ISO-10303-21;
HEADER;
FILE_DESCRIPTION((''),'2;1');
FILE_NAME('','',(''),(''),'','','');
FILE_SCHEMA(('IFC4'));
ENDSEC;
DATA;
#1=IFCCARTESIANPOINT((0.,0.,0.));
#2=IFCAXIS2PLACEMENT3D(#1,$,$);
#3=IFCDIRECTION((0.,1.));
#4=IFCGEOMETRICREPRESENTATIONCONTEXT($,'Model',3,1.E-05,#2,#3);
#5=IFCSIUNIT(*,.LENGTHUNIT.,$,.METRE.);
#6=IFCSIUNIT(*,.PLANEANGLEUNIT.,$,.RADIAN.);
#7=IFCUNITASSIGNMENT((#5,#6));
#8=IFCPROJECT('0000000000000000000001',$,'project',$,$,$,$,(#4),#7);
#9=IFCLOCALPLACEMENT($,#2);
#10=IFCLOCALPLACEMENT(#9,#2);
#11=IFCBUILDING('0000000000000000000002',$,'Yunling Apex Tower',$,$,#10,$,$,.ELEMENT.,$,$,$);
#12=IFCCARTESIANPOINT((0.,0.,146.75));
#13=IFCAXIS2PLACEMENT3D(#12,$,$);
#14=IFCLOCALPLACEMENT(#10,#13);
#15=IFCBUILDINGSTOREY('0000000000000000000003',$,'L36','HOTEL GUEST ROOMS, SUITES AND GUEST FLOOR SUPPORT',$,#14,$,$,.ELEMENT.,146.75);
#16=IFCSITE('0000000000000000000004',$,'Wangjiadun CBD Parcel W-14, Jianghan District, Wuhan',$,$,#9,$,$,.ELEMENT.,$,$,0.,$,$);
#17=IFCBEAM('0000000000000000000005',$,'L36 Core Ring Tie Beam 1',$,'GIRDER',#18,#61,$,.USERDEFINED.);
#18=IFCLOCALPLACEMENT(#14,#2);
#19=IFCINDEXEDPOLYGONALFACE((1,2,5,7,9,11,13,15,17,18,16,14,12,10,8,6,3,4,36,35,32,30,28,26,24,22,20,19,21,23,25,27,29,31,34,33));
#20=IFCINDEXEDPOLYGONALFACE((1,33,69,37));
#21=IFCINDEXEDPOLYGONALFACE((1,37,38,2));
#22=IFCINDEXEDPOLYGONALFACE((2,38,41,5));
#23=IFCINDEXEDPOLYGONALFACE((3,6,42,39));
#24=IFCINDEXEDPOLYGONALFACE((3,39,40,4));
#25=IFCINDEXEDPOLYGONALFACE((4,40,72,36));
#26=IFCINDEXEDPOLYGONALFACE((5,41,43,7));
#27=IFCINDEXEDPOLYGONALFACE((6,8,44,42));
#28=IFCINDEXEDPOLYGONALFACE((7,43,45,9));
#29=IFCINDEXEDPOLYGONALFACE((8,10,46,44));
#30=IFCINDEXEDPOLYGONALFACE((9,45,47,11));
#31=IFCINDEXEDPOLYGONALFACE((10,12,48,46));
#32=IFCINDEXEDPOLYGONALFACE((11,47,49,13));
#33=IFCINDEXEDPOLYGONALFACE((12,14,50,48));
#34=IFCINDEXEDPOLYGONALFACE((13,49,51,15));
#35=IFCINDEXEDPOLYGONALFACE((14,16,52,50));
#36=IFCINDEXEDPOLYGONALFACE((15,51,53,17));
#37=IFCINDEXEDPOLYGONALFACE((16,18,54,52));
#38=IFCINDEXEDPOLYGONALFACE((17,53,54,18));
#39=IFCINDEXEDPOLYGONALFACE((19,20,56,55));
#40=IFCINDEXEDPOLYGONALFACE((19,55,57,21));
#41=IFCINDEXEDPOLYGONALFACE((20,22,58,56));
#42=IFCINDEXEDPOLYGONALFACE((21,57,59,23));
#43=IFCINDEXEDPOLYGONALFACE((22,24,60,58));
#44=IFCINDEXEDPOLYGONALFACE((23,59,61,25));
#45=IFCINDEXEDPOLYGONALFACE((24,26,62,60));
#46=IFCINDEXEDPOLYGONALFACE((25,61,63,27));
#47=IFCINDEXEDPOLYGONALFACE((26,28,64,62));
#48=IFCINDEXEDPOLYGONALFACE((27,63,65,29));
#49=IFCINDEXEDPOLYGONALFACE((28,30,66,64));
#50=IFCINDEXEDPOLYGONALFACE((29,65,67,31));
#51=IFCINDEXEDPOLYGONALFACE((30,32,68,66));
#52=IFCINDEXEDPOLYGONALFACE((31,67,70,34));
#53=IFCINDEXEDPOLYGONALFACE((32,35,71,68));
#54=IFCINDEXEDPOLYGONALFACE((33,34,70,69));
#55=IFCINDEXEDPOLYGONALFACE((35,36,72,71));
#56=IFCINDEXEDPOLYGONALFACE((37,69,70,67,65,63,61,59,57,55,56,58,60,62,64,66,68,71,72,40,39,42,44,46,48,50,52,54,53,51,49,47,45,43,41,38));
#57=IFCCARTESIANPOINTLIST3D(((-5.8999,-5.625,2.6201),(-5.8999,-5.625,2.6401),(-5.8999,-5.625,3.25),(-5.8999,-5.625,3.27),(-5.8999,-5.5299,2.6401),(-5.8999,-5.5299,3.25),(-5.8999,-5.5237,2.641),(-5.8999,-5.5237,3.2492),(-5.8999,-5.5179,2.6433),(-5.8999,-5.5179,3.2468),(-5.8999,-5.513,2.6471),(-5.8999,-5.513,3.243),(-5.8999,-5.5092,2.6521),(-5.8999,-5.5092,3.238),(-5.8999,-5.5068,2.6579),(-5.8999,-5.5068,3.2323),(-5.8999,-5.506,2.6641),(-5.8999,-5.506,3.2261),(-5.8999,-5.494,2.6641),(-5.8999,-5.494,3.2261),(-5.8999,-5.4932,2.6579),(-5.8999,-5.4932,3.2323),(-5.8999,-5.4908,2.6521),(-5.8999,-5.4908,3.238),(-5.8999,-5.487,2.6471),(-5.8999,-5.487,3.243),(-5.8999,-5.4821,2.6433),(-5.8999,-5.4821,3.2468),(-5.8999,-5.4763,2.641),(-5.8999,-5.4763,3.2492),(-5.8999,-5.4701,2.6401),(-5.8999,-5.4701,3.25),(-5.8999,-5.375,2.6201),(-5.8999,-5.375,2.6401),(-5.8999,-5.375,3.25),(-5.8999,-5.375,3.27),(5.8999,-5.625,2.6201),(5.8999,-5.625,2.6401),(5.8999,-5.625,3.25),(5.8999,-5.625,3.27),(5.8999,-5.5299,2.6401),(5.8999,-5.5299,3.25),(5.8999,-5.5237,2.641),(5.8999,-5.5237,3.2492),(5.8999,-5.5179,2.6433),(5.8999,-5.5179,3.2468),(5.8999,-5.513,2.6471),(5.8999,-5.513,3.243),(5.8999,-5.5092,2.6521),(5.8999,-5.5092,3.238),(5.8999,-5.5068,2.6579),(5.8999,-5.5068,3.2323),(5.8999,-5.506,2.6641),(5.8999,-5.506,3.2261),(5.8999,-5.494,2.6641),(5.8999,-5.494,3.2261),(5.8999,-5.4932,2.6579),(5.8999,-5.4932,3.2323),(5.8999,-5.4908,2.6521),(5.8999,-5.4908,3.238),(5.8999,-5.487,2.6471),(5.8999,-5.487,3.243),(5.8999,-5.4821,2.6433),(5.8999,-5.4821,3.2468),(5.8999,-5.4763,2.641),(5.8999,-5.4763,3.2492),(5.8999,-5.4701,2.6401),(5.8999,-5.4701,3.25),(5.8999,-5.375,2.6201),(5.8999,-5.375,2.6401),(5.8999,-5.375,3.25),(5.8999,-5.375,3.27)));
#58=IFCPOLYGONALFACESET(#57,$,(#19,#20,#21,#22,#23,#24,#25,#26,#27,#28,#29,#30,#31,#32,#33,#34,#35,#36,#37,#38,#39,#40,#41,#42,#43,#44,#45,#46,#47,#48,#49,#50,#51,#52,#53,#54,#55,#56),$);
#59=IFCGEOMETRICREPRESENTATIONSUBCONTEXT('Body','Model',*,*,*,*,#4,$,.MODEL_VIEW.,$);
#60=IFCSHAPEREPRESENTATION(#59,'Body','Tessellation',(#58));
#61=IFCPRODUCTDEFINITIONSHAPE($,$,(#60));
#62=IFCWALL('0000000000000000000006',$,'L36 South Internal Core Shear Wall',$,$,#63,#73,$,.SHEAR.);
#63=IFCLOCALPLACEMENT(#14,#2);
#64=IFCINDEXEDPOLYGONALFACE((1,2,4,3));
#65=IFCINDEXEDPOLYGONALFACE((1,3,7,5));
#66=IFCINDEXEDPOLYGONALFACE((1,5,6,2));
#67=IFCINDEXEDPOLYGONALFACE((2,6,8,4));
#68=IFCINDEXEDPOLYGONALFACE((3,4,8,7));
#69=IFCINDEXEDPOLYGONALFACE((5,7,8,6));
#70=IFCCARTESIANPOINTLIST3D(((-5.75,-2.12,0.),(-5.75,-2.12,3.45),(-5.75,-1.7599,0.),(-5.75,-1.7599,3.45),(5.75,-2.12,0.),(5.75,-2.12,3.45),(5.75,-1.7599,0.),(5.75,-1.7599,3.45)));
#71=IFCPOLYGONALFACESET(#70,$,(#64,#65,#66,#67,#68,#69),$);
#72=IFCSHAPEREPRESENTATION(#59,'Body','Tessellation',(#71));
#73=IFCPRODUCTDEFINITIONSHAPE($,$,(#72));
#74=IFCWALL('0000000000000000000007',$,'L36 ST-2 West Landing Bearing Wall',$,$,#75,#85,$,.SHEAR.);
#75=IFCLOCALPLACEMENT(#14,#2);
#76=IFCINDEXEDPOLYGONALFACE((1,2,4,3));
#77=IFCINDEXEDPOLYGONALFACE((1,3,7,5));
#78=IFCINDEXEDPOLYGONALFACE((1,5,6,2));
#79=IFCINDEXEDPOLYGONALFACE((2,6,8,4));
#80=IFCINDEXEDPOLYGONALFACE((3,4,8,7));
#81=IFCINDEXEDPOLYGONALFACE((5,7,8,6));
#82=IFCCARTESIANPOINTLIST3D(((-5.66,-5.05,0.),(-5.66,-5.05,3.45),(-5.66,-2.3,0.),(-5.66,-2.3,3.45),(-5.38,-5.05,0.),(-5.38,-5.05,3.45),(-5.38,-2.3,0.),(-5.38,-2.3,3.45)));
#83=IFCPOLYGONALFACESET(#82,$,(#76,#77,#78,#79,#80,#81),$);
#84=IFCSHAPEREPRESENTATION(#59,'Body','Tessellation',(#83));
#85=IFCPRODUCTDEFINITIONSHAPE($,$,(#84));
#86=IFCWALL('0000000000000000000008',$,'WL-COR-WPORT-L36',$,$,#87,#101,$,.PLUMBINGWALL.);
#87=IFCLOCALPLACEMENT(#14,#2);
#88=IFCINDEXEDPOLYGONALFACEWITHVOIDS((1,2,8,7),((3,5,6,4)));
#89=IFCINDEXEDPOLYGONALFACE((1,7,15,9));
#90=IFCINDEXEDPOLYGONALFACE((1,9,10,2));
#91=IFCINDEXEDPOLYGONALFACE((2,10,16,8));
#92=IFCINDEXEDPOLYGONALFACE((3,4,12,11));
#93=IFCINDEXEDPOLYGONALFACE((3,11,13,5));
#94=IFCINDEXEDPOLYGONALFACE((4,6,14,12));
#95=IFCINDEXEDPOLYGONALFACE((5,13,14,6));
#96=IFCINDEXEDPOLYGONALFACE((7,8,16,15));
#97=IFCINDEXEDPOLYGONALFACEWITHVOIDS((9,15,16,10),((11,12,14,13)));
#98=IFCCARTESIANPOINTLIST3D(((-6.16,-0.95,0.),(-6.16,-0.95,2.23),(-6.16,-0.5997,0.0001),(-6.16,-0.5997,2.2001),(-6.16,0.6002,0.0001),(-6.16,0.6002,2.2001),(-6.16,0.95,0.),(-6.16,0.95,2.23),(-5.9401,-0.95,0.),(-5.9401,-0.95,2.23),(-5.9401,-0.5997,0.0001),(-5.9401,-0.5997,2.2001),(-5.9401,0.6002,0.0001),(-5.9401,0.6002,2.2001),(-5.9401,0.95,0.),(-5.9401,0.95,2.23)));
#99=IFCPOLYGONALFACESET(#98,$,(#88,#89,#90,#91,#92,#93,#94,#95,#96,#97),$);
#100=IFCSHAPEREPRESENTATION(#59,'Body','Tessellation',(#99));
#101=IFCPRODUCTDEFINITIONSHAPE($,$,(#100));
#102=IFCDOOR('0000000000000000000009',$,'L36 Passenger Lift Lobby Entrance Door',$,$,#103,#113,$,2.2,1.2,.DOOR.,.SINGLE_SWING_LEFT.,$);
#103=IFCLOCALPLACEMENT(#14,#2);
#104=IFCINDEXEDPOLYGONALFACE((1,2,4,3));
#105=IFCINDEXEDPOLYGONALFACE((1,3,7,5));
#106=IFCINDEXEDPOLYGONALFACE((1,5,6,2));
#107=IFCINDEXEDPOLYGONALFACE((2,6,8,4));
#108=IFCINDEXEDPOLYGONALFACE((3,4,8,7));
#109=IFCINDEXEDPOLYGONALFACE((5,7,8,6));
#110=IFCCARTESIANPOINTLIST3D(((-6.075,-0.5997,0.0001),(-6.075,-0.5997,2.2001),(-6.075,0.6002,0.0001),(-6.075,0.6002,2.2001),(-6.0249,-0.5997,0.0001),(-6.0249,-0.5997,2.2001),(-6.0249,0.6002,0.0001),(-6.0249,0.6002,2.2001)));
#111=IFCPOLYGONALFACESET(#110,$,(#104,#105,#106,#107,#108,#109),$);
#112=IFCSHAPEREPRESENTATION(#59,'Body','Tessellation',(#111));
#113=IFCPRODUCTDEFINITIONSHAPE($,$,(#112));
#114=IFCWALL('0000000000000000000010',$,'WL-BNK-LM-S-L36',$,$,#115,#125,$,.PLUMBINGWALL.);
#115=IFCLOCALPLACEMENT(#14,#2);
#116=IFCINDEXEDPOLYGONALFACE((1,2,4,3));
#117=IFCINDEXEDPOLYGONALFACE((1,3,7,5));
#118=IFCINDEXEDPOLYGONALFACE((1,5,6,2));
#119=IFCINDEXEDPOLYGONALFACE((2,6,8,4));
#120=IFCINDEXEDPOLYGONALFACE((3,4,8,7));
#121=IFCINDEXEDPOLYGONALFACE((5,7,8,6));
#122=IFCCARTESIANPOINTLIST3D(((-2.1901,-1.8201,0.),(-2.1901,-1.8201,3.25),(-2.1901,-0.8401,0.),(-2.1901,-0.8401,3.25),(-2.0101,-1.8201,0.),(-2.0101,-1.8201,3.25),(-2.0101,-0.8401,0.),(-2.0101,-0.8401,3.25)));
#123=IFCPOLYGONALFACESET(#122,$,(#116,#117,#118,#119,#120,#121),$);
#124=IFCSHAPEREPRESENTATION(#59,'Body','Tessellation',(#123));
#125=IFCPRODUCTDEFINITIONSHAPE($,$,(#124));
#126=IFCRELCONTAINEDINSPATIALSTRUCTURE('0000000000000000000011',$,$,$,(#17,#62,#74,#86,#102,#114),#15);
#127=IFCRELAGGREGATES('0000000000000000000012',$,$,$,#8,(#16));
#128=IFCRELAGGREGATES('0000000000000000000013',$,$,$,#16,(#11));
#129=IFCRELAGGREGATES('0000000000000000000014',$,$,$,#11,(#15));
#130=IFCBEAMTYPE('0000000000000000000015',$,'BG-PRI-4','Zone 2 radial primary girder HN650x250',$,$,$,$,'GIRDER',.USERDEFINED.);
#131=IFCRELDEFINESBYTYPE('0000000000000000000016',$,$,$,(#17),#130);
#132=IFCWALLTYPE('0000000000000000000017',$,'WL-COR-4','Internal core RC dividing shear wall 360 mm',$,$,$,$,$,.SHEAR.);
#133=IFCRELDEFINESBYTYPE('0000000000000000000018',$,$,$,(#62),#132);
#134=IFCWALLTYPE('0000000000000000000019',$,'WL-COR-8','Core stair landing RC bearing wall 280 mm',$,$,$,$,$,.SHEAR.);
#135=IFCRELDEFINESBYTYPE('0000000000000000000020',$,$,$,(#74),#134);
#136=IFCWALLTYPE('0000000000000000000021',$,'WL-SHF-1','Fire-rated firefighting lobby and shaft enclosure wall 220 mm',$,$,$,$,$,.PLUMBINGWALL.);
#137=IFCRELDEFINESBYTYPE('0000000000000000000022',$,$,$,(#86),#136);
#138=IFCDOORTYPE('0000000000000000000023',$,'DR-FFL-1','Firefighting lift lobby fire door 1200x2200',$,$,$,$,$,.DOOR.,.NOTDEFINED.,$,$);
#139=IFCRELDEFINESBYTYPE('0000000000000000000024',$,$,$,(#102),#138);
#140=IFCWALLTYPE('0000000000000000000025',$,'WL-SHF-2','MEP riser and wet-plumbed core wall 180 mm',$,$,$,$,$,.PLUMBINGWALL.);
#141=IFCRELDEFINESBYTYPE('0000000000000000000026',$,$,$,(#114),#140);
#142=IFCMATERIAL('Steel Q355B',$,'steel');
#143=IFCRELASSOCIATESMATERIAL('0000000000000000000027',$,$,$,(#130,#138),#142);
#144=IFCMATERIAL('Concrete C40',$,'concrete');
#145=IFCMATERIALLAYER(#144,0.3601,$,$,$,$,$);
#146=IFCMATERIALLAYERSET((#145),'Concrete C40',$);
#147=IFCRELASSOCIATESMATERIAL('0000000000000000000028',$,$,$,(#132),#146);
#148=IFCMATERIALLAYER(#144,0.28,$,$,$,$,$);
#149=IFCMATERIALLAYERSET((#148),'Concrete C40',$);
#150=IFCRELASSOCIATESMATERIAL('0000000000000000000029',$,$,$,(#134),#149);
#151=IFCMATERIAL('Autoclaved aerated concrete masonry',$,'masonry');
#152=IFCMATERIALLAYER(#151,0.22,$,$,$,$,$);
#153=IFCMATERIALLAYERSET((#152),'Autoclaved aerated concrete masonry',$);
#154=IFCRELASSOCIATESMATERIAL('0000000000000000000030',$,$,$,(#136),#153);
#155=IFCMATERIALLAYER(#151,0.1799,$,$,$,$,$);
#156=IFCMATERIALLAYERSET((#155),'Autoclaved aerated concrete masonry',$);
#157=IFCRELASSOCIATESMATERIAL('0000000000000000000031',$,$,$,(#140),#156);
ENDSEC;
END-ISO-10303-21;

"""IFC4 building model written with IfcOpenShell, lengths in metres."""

from ifc_helpers import new_model, si_unit, direction, frame, frame_2d, origin, origin_2d, place, context, subcontext, project, spatial, rectangle, i_section, extrude, source, transform, mapped, material, layer, layer_set, material_profile, profile_set, type_object, element, fill, save


model = new_model("IFC4")

# Units and contexts
model_context = context("Model", 3, precision=1e-05, world=origin(), true_north=direction((0.0, 1.0)))
body_context = subcontext(model_context, "Body", "Model", "MODEL_VIEW")
ifc_project = project(units=[si_unit("LENGTHUNIT", "METRE"), si_unit("PLANEANGLEUNIT", "RADIAN")], contexts=[model_context])

# Site, building, storey
site_placement = place(None, origin())
site = spatial("IfcSite", under=ifc_project, at=site_placement, Name="Wangjiadun CBD Parcel W-14, Jianghan District, Wuhan", CompositionType="ELEMENT", RefElevation=0.0)
building_placement = place(site_placement, origin())
building = spatial("IfcBuilding", under=site, at=building_placement, Name="Yunling Apex Tower", CompositionType="ELEMENT")
storey_placement = place(building_placement, frame((0.0, 0.0, 146.75)))
storey = spatial("IfcBuildingStorey", under=building, at=storey_placement, Name="L36", Description="HOTEL GUEST ROOMS, SUITES AND GUEST FLOOR SUPPORT", CompositionType="ELEMENT", Elevation=146.75)

# Beam
ifc_material_1 = material(Name="Steel Q355B", Category="steel")
ifc_material_profile_1 = material_profile(ifc_material_1, i_section(OverallWidth=0.25, OverallDepth=0.6499, WebThickness=0.012, FlangeThickness=0.02, FilletRadius=0.0239, at=origin_2d()))
ifc_profile_set_1 = profile_set([ifc_material_profile_1], Name="Steel Q355B")
beam_type_1 = type_object("IfcBeamType", Name="BG-PRI-4", Description="Zone 2 radial primary girder HN650x250", ElementType="GIRDER", PredefinedType="USERDEFINED", material=ifc_profile_set_1)
shared_shape_1 = source(origin(), body_context, "Body", "SweptSolid", [
    extrude(i_section(OverallWidth=0.25, OverallDepth=0.6499, WebThickness=0.012, FlangeThickness=0.02, FilletRadius=0.0239, at=origin_2d()), origin(), (0.0, 0.0, 1.0), 11.7998),
])
beam_1_placement = place(storey_placement, frame((-5.8999, -5.5, 2.9451), z_axis=(1.0, 0.0, 0.0), x_axis=(0.0, 1.0, 0.0)))
element("IfcBeam", 1, at=beam_1_placement, inside=storey, type_object=beam_type_1, Name="L36 Core Ring Tie Beam 1", ObjectType="GIRDER", PredefinedType="USERDEFINED", context=body_context, shape_type="MappedRepresentation", body=[
    mapped(shared_shape_1, transform((0.0, 0.0, 0.0), scale=1.0)),
])

# Walls
ifc_material_2 = material(Name="Concrete C40", Category="concrete")
ifc_layer_1 = layer(ifc_material_2, 0.3601)
ifc_layer_set_1 = layer_set([ifc_layer_1], Name="Concrete C40")
wall_type_1 = type_object("IfcWallType", Name="WL-COR-4", Description="Internal core RC dividing shear wall 360 mm", PredefinedType="SHEAR", material=ifc_layer_set_1)
wall_1_placement = place(storey_placement, frame((-5.75, -1.9399, 0.0), z_axis=(0.0, 0.0, 1.0), x_axis=(1.0, 0.0, 0.0)))
element("IfcWall", 2, at=wall_1_placement, inside=storey, type_object=wall_type_1, Name="L36 South Internal Core Shear Wall", PredefinedType="SHEAR", context=body_context, shape_type="SweptSolid", body=[
    extrude(rectangle(XDim=11.5, YDim=0.3601, at=frame_2d((5.75, 0.0))), origin(), (0.0, 0.0, 1.0), 3.45),
])
ifc_layer_2 = layer(ifc_material_2, 0.28)
ifc_layer_set_2 = layer_set([ifc_layer_2], Name="Concrete C40")
wall_type_2 = type_object("IfcWallType", Name="WL-COR-8", Description="Core stair landing RC bearing wall 280 mm", PredefinedType="SHEAR", material=ifc_layer_set_2)
wall_2_placement = place(storey_placement, frame((-5.52, -5.05, 0.0), z_axis=(0.0, 0.0, 1.0), x_axis=(0.0, 1.0, 0.0)))
element("IfcWall", 3, at=wall_2_placement, inside=storey, type_object=wall_type_2, Name="L36 ST-2 West Landing Bearing Wall", PredefinedType="SHEAR", context=body_context, shape_type="SweptSolid", body=[
    extrude(rectangle(XDim=2.75, YDim=0.28, at=frame_2d((1.375, 0.0))), origin(), (0.0, 0.0, 1.0), 3.45),
])

# Wall, opening, door
ifc_material_3 = material(Name="Autoclaved aerated concrete masonry", Category="masonry")
ifc_layer_3 = layer(ifc_material_3, 0.22)
ifc_layer_set_3 = layer_set([ifc_layer_3], Name="Autoclaved aerated concrete masonry")
wall_type_3 = type_object("IfcWallType", Name="WL-SHF-1", Description="Fire-rated firefighting lobby and shaft enclosure wall 220 mm", PredefinedType="PLUMBINGWALL", material=ifc_layer_set_3)
wall_3_placement = place(storey_placement, frame((-6.05, -0.95, 0.0), z_axis=(0.0, 0.0, 1.0), x_axis=(0.0, 1.0, 0.0)))
wall_3 = element("IfcWall", 4, at=wall_3_placement, inside=storey, type_object=wall_type_3, Name="WL-COR-WPORT-L36", PredefinedType="PLUMBINGWALL", context=body_context, shape_type="SweptSolid", body=[
    extrude(rectangle(XDim=1.8999, YDim=0.22, at=frame_2d((0.95, 0.0))), origin(), (0.0, 0.0, 1.0), 2.23),
])
opening_1_placement = place(wall_3_placement, frame((0.3501, 0.0, 0.0)))
opening_1 = element("IfcOpeningElement", 5, at=opening_1_placement, cuts=wall_3, PredefinedType="OPENING", context=body_context, shape_type="SweptSolid", body=[
    extrude(rectangle(XDim=1.2, YDim=2.2, at=frame_2d((0.6001, 1.1001))), frame((0.0, 0.1201, 0.0), z_axis=(0.0, -1.0, 0.0), x_axis=(1.0, 0.0, 0.0)), (0.0, 0.0, 1.0), 0.24),
])
door_type_1 = type_object("IfcDoorType", Name="DR-FFL-1", Description="Firefighting lift lobby fire door 1200x2200", OperationType="NOTDEFINED", PredefinedType="DOOR", material=ifc_material_1)
door_1_placement = place(opening_1_placement, origin())
door_1 = element("IfcDoor", 6, at=door_1_placement, inside=storey, type_object=door_type_1, Name="L36 Passenger Lift Lobby Entrance Door", OperationType="SINGLE_SWING_LEFT", OverallHeight=2.2, OverallWidth=1.2, PredefinedType="DOOR", context=body_context, shape_type="SweptSolid", body=[
    extrude(rectangle(XDim=1.2, YDim=2.2, at=frame_2d((0.6001, 1.1001))), frame((0.0, 0.0249, 0.0), z_axis=(0.0, -1.0, 0.0), x_axis=(1.0, 0.0, 0.0)), (0.0, 0.0, 1.0), 0.05),
])
fill(opening_1, door_1)

# Wall
ifc_layer_4 = layer(ifc_material_3, 0.1799)
ifc_layer_set_4 = layer_set([ifc_layer_4], Name="Autoclaved aerated concrete masonry")
wall_type_4 = type_object("IfcWallType", Name="WL-SHF-2", Description="MEP riser and wet-plumbed core wall 180 mm", PredefinedType="PLUMBINGWALL", material=ifc_layer_set_4)
wall_4_placement = place(storey_placement, frame((-2.1001, -1.8201, 0.0), z_axis=(0.0, 0.0, 1.0), x_axis=(0.0, 1.0, 0.0)))
element("IfcWall", 7, at=wall_4_placement, inside=storey, type_object=wall_type_4, Name="WL-BNK-LM-S-L36", PredefinedType="PLUMBINGWALL", context=body_context, shape_type="SweptSolid", body=[
    extrude(rectangle(XDim=0.98, YDim=0.1799, at=frame_2d((0.49, 0.0))), origin(), (0.0, 0.0, 1.0), 3.25),
])

save(model, "model.ifc")
